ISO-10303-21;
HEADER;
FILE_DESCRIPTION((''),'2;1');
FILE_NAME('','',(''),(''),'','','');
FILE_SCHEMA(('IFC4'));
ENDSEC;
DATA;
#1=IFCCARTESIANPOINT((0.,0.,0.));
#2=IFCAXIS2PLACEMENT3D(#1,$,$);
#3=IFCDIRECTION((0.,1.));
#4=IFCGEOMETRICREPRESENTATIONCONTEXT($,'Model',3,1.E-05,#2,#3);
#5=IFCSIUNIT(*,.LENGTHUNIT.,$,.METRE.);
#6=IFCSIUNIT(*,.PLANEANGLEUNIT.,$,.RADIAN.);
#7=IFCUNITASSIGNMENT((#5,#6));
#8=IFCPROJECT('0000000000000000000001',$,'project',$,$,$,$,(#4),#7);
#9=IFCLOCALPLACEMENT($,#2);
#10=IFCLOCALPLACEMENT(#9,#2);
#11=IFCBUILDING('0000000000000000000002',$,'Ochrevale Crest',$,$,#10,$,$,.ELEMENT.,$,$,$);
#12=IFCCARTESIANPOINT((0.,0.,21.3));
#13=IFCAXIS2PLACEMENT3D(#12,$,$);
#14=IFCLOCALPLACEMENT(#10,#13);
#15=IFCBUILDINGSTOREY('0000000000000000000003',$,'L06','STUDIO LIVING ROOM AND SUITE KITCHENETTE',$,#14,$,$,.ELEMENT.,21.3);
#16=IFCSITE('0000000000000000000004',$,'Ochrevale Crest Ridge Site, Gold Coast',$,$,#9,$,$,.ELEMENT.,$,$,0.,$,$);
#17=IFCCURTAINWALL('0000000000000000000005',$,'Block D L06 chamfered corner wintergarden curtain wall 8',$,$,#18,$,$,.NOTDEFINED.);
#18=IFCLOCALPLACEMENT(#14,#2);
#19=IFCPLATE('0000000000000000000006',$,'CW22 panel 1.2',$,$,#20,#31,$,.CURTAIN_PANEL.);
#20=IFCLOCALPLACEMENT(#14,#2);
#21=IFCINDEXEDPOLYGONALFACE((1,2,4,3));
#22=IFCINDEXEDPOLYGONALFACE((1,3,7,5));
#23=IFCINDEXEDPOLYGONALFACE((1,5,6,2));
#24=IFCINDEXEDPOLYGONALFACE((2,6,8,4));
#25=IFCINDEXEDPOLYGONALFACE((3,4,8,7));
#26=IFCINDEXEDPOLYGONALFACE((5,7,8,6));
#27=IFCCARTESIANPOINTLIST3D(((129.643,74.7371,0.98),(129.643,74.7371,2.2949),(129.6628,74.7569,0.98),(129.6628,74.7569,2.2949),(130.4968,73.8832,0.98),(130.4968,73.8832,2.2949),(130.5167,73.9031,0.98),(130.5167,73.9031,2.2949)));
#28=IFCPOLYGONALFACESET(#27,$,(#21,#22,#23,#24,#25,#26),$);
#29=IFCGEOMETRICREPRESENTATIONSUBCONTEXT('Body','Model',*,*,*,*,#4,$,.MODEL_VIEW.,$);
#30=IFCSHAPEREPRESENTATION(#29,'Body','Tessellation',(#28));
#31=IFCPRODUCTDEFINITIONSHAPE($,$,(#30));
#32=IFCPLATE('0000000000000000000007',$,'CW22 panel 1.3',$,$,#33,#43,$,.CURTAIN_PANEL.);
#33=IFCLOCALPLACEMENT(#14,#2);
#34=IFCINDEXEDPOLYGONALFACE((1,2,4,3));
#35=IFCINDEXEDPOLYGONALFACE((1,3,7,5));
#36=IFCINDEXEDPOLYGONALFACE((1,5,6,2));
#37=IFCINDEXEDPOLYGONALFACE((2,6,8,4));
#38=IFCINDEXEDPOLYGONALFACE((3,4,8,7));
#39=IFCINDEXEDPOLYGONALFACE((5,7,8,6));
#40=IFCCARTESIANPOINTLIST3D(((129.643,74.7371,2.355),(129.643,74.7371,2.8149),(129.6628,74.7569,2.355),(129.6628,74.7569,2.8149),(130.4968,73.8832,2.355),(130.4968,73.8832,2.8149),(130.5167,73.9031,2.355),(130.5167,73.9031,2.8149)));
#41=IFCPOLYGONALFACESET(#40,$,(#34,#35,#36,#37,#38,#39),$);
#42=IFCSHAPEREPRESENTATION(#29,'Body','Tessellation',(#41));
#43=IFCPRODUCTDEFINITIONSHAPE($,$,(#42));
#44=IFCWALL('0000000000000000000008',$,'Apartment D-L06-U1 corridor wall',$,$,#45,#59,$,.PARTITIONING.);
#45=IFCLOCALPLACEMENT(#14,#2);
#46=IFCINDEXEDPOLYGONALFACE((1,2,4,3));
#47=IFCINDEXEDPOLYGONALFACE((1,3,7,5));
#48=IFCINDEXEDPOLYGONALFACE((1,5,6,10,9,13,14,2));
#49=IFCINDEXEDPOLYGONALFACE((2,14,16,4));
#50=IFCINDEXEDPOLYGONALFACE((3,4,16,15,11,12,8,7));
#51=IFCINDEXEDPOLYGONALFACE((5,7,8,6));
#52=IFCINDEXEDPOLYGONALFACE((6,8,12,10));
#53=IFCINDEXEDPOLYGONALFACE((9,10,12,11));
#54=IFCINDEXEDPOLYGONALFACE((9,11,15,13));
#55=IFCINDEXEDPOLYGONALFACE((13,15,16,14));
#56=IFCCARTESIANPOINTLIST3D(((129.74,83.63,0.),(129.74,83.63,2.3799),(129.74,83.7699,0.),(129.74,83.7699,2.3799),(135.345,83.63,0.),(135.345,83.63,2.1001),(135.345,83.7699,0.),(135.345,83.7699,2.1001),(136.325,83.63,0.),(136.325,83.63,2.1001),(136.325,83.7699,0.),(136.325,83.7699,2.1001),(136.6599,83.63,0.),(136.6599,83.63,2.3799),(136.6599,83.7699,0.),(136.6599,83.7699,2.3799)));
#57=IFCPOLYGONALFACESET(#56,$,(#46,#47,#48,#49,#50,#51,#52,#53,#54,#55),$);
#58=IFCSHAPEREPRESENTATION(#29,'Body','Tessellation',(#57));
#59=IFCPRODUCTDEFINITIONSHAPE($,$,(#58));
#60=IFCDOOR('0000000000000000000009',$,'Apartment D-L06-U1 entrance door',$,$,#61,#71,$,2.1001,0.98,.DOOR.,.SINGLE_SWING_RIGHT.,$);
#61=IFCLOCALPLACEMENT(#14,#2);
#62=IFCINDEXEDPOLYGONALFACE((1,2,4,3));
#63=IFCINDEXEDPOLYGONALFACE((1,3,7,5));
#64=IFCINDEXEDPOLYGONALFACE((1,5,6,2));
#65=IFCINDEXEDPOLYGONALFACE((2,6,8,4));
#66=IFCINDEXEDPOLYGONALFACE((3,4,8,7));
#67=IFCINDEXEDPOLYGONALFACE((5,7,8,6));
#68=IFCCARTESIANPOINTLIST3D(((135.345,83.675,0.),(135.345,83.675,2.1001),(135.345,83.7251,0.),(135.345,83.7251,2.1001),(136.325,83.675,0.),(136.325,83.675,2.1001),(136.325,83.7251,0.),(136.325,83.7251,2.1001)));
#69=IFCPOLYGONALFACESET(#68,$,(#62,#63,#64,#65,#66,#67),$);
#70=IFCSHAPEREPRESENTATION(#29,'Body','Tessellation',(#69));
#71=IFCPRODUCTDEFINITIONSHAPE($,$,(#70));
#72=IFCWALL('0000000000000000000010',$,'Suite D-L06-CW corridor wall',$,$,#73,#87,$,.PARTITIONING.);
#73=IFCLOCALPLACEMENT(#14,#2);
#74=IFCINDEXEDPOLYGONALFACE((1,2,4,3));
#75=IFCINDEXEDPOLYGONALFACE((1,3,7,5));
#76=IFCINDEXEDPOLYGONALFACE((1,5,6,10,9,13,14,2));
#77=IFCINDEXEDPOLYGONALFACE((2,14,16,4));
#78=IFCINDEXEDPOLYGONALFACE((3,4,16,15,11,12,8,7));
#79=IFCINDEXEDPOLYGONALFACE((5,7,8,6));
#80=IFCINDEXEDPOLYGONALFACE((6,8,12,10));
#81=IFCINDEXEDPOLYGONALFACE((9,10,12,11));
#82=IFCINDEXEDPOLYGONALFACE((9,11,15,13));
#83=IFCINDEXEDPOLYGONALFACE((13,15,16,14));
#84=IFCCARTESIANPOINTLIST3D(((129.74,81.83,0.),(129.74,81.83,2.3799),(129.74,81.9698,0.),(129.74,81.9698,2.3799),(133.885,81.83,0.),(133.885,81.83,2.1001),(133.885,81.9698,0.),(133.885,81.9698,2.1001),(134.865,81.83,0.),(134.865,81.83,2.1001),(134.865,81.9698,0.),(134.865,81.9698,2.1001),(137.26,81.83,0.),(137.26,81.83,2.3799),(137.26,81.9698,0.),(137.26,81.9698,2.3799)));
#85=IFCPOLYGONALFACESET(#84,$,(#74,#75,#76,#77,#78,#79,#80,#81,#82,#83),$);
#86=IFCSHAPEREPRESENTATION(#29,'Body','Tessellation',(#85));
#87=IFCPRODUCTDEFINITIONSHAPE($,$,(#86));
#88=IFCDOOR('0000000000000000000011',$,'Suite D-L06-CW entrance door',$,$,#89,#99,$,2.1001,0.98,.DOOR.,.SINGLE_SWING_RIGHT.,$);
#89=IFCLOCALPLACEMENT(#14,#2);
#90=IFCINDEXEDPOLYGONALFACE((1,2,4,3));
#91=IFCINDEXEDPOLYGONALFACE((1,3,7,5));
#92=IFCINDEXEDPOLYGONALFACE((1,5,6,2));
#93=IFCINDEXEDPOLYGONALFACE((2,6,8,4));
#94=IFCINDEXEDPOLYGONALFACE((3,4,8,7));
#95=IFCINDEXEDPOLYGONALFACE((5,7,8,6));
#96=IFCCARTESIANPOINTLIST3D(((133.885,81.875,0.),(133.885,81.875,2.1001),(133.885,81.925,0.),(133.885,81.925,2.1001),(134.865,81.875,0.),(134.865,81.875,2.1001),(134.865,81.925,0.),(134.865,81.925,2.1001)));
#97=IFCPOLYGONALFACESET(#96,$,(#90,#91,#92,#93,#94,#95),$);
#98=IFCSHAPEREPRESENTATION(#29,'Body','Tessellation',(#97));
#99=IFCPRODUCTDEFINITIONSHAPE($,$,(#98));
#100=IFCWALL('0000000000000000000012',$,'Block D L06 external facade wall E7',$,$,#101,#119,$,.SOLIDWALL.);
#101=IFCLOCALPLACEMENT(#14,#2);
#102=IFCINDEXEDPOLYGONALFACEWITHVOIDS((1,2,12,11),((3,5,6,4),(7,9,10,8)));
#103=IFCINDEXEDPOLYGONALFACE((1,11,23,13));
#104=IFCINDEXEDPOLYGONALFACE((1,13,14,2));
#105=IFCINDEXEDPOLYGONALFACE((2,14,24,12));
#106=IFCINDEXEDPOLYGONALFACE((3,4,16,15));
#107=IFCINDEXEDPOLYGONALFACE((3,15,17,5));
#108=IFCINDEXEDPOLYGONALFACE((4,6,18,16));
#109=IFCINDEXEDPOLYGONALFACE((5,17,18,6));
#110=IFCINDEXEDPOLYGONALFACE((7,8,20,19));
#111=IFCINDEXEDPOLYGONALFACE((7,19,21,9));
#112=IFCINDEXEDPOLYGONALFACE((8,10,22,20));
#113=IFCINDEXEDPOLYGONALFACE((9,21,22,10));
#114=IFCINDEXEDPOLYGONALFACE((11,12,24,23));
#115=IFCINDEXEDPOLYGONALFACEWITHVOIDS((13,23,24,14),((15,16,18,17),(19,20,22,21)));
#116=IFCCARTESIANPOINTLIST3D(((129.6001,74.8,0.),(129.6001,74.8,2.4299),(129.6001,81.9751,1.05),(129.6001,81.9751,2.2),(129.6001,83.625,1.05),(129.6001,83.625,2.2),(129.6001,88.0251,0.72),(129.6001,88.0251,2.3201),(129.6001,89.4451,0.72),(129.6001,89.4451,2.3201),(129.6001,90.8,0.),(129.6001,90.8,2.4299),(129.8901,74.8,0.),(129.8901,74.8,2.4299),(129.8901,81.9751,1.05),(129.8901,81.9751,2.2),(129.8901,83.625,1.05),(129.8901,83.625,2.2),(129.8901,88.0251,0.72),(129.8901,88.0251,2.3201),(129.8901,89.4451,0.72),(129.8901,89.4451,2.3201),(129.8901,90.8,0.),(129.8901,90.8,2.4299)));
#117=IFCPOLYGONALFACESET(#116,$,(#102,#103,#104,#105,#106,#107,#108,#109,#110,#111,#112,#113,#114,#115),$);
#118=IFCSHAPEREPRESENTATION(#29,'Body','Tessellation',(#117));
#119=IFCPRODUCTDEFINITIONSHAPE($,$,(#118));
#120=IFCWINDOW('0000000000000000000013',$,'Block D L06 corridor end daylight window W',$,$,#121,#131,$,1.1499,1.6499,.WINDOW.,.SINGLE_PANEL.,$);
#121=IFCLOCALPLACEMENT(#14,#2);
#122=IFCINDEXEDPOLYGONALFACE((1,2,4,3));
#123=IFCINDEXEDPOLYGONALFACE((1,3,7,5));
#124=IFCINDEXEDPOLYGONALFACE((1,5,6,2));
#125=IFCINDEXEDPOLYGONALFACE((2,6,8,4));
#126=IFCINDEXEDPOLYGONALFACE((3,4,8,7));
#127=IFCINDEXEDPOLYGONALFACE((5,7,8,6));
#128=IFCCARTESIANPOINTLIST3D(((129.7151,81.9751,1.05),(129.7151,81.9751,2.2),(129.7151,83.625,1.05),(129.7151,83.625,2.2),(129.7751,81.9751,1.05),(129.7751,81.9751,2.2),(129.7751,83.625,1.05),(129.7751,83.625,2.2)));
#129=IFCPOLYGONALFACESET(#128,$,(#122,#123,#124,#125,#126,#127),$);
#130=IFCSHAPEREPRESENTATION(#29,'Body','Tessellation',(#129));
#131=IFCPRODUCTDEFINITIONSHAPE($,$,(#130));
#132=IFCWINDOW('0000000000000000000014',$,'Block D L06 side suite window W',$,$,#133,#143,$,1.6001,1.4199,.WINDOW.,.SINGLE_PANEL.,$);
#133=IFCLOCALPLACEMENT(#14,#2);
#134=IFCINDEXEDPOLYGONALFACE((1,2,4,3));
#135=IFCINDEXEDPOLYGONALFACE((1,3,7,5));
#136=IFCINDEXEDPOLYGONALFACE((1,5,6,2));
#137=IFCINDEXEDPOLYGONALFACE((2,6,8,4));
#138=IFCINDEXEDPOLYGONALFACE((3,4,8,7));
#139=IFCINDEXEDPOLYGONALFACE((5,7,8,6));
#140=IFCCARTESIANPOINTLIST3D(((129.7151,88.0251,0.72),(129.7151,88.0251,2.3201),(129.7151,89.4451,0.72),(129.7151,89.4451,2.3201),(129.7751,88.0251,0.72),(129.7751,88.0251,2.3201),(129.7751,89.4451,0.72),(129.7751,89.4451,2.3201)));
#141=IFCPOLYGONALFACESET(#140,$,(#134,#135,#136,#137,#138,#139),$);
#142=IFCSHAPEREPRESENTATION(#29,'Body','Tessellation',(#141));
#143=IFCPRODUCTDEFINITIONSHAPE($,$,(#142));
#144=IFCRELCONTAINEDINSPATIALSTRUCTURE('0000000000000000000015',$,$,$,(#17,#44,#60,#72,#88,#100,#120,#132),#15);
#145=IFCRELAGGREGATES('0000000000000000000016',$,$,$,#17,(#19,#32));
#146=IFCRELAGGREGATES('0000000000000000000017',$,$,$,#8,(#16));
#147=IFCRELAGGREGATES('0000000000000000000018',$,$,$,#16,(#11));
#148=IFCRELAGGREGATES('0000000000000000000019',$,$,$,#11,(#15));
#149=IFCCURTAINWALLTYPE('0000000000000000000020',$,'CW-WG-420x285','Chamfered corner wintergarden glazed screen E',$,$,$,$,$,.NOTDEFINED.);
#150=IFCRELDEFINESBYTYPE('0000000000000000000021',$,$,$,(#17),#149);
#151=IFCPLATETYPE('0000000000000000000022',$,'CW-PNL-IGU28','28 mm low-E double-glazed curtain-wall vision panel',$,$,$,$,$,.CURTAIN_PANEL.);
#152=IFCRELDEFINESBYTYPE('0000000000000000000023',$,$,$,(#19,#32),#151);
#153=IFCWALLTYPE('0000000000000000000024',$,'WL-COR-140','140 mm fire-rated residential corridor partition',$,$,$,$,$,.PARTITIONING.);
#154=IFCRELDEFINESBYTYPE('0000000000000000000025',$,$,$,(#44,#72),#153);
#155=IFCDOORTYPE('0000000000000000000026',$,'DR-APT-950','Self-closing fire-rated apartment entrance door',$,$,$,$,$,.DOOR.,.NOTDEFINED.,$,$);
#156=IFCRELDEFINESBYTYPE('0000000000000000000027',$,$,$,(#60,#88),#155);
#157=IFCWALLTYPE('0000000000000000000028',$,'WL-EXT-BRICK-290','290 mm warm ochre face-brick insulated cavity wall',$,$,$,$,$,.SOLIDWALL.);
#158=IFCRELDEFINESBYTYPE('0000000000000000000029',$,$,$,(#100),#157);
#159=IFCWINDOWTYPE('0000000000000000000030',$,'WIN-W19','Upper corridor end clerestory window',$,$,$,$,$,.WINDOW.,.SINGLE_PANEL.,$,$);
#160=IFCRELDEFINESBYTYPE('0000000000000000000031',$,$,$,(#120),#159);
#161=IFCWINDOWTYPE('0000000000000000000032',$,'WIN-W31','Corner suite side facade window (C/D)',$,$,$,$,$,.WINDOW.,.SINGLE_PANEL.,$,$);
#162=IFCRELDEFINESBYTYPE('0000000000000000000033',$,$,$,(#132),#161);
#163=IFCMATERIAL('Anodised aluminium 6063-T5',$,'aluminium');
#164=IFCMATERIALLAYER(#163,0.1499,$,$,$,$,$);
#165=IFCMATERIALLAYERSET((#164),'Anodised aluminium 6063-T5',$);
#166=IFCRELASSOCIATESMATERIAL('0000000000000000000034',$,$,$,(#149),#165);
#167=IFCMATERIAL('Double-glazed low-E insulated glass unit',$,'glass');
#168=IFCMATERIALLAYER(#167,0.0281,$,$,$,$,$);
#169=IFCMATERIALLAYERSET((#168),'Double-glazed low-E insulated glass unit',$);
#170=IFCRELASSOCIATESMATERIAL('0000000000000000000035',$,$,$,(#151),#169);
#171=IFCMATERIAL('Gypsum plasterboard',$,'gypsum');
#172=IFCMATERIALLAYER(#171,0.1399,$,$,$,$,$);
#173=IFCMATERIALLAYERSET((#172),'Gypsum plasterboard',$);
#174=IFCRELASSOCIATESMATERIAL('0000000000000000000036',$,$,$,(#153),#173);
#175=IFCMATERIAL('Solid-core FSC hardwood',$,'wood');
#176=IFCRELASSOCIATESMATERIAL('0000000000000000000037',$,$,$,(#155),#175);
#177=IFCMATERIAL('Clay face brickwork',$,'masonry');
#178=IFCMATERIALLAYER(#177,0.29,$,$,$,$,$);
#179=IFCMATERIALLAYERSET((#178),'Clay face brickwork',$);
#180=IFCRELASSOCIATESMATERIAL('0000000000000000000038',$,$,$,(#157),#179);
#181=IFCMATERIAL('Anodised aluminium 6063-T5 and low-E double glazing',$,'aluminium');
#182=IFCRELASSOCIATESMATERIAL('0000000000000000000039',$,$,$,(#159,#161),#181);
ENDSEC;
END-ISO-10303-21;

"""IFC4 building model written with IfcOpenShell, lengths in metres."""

from ifc_helpers import new_model, si_unit, direction, frame, frame_2d, origin, origin_2d, place, context, subcontext, project, spatial, rectangle, extrude, material, layer, layer_set, type_object, element, fill, aggregate, save


model = new_model("IFC4")

# Units and contexts
model_context = context("Model", 3, precision=1e-05, world=origin(), true_north=direction((0.0, 1.0)))
body_context = subcontext(model_context, "Body", "Model", "MODEL_VIEW")
ifc_project = project(units=[si_unit("LENGTHUNIT", "METRE"), si_unit("PLANEANGLEUNIT", "RADIAN")], contexts=[model_context])

# Site, building, storey
site_placement = place(None, origin())
site = spatial("IfcSite", under=ifc_project, at=site_placement, Name="Ochrevale Crest Ridge Site, Gold Coast", CompositionType="ELEMENT", RefElevation=0.0)
building_placement = place(site_placement, origin())
building = spatial("IfcBuilding", under=site, at=building_placement, Name="Ochrevale Crest", CompositionType="ELEMENT")
storey_placement = place(building_placement, frame((0.0, 0.0, 21.3)))
storey = spatial("IfcBuildingStorey", under=building, at=storey_placement, Name="L06", Description="STUDIO LIVING ROOM AND SUITE KITCHENETTE", CompositionType="ELEMENT", Elevation=21.3)

# Curtain wall
ifc_material_1 = material(Name="Anodised aluminium 6063-T5", Category="aluminium")
ifc_layer_1 = layer(ifc_material_1, 0.1499)
ifc_layer_set_1 = layer_set([ifc_layer_1], Name="Anodised aluminium 6063-T5")
curtain_wall_type_1 = type_object("IfcCurtainWallType", Name="CW-WG-420x285", Description="Chamfered corner wintergarden glazed screen E", PredefinedType="NOTDEFINED", material=ifc_layer_set_1)
curtain_wall_1_placement = place(storey_placement, origin())
curtain_wall_1 = element("IfcCurtainWall", 1, at=curtain_wall_1_placement, inside=storey, type_object=curtain_wall_type_1, Name="Block D L06 chamfered corner wintergarden curtain wall 8", PredefinedType="NOTDEFINED")

# Plates
ifc_material_2 = material(Name="Double-glazed low-E insulated glass unit", Category="glass")
ifc_layer_2 = layer(ifc_material_2, 0.0281)
ifc_layer_set_2 = layer_set([ifc_layer_2], Name="Double-glazed low-E insulated glass unit")
plate_type = type_object("IfcPlateType", Name="CW-PNL-IGU28", Description="28 mm low-E double-glazed curtain-wall vision panel", PredefinedType="CURTAIN_PANEL", material=ifc_layer_set_2)
plate_1_placement = place(storey_placement, frame((130.0798, 74.3201, 0.98), z_axis=(0.0, 0.0, 1.0), x_axis=(0.707107, -0.707107, 0.0)))
plate_1 = element("IfcPlate", 2, at=plate_1_placement, type_object=plate_type, Name="CW22 panel 1.2", PredefinedType="CURTAIN_PANEL", context=body_context, shape_type="SweptSolid", body=[
    extrude(rectangle(XDim=1.2075, YDim=0.0281, at=origin_2d()), origin(), (0.0, 0.0, 1.0), 1.3149),
])
plate_2_placement = place(storey_placement, frame((130.0798, 74.3201, 2.355), z_axis=(0.0, 0.0, 1.0), x_axis=(0.707107, -0.707107, 0.0)))
plate_2 = element("IfcPlate", 3, at=plate_2_placement, type_object=plate_type, Name="CW22 panel 1.3", PredefinedType="CURTAIN_PANEL", context=body_context, shape_type="SweptSolid", body=[
    extrude(rectangle(XDim=1.2075, YDim=0.0281, at=origin_2d()), origin(), (0.0, 0.0, 1.0), 0.46),
])
aggregate(curtain_wall_1, [plate_1, plate_2])

# Walls, openings, doors
ifc_material_3 = material(Name="Gypsum plasterboard", Category="gypsum")
ifc_layer_3 = layer(ifc_material_3, 0.1399)
ifc_layer_set_3 = layer_set([ifc_layer_3], Name="Gypsum plasterboard")
wall_type_1 = type_object("IfcWallType", Name="WL-COR-140", Description="140 mm fire-rated residential corridor partition", PredefinedType="PARTITIONING", material=ifc_layer_set_3)
wall_1_placement = place(storey_placement, frame((129.74, 83.7, 0.0), z_axis=(0.0, 0.0, 1.0), x_axis=(1.0, 0.0, 0.0)))
wall_1 = element("IfcWall", 4, at=wall_1_placement, inside=storey, type_object=wall_type_1, Name="Apartment D-L06-U1 corridor wall", PredefinedType="PARTITIONING", context=body_context, shape_type="SweptSolid", body=[
    extrude(rectangle(XDim=6.9199, YDim=0.1399, at=frame_2d((3.46, 0.0))), origin(), (0.0, 0.0, 1.0), 2.3799),
])
opening_1_placement = place(wall_1_placement, frame((6.585, 0.0, 0.0), z_axis=(0.0, 0.0, 1.0), x_axis=(-1.0, 0.0, 0.0)))
opening_1 = element("IfcOpeningElement", 5, at=opening_1_placement, cuts=wall_1, PredefinedType="OPENING", context=body_context, shape_type="SweptSolid", body=[
    extrude(rectangle(XDim=0.98, YDim=2.1001, at=frame_2d((0.49, 1.05))), frame((0.0, 0.0801, 0.0), z_axis=(0.0, -1.0, 0.0), x_axis=(1.0, 0.0, 0.0)), (0.0, 0.0, 1.0), 0.1599),
])
ifc_material_4 = material(Name="Solid-core FSC hardwood", Category="wood")
door_type_1 = type_object("IfcDoorType", Name="DR-APT-950", Description="Self-closing fire-rated apartment entrance door", OperationType="NOTDEFINED", PredefinedType="DOOR", material=ifc_material_4)
door_1_placement = place(opening_1_placement, origin())
door_1 = element("IfcDoor", 6, at=door_1_placement, inside=storey, type_object=door_type_1, Name="Apartment D-L06-U1 entrance door", OperationType="SINGLE_SWING_RIGHT", OverallHeight=2.1001, OverallWidth=0.98, PredefinedType="DOOR", context=body_context, shape_type="SweptSolid", body=[
    extrude(rectangle(XDim=0.98, YDim=2.1001, at=frame_2d((0.49, 1.05))), frame((0.0, 0.0249, 0.0), z_axis=(0.0, -1.0, 0.0), x_axis=(1.0, 0.0, 0.0)), (0.0, 0.0, 1.0), 0.05),
])
fill(opening_1, door_1)
wall_2_placement = place(storey_placement, frame((129.74, 81.8999, 0.0), z_axis=(0.0, 0.0, 1.0), x_axis=(1.0, 0.0, 0.0)))
wall_2 = element("IfcWall", 7, at=wall_2_placement, inside=storey, type_object=wall_type_1, Name="Suite D-L06-CW corridor wall", PredefinedType="PARTITIONING", context=body_context, shape_type="SweptSolid", body=[
    extrude(rectangle(XDim=7.52, YDim=0.1399, at=frame_2d((3.76, 0.0))), origin(), (0.0, 0.0, 1.0), 2.3799),
])
opening_2_placement = place(wall_2_placement, frame((5.125, 0.0, 0.0), z_axis=(0.0, 0.0, 1.0), x_axis=(-1.0, 0.0, 0.0)))
opening_2 = element("IfcOpeningElement", 8, at=opening_2_placement, cuts=wall_2, PredefinedType="OPENING", context=body_context, shape_type="SweptSolid", body=[
    extrude(rectangle(XDim=0.98, YDim=2.1001, at=frame_2d((0.49, 1.05))), frame((0.0, 0.0801, 0.0), z_axis=(0.0, -1.0, 0.0), x_axis=(1.0, 0.0, 0.0)), (0.0, 0.0, 1.0), 0.1599),
])
door_2_placement = place(opening_2_placement, origin())
door_2 = element("IfcDoor", 9, at=door_2_placement, inside=storey, type_object=door_type_1, Name="Suite D-L06-CW entrance door", OperationType="SINGLE_SWING_RIGHT", OverallHeight=2.1001, OverallWidth=0.98, PredefinedType="DOOR", context=body_context, shape_type="SweptSolid", body=[
    extrude(rectangle(XDim=0.98, YDim=2.1001, at=frame_2d((0.49, 1.05))), frame((0.0, 0.0249, 0.0), z_axis=(0.0, -1.0, 0.0), x_axis=(1.0, 0.0, 0.0)), (0.0, 0.0, 1.0), 0.05),
])
fill(opening_2, door_2)

# Wall, openings, windows
ifc_material_5 = material(Name="Clay face brickwork", Category="masonry")
ifc_layer_4 = layer(ifc_material_5, 0.29)
ifc_layer_set_4 = layer_set([ifc_layer_4], Name="Clay face brickwork")
wall_type_2 = type_object("IfcWallType", Name="WL-EXT-BRICK-290", Description="290 mm warm ochre face-brick insulated cavity wall", PredefinedType="SOLIDWALL", material=ifc_layer_set_4)
wall_3_placement = place(storey_placement, frame((129.7451, 90.8, 0.0), z_axis=(0.0, 0.0, 1.0), x_axis=(0.0, -1.0, 0.0)))
wall_3 = element("IfcWall", 10, at=wall_3_placement, inside=storey, type_object=wall_type_2, Name="Block D L06 external facade wall E7", PredefinedType="SOLIDWALL", context=body_context, shape_type="SweptSolid", body=[
    extrude(rectangle(XDim=16.0, YDim=0.29, at=frame_2d((8.0, 0.0))), origin(), (0.0, 0.0, 1.0), 2.4299),
])
opening_3_placement = place(wall_3_placement, frame((7.175, 0.0, 1.05)))
opening_3 = element("IfcOpeningElement", 11, at=opening_3_placement, cuts=wall_3, PredefinedType="OPENING", context=body_context, shape_type="SweptSolid", body=[
    extrude(rectangle(XDim=1.6499, YDim=1.1499, at=frame_2d((0.825, 0.575))), frame((0.0, 0.155, 0.0), z_axis=(0.0, -1.0, 0.0), x_axis=(1.0, 0.0, 0.0)), (0.0, 0.0, 1.0), 0.3101),
])
opening_4_placement = place(wall_3_placement, frame((1.355, 0.0, 0.72)))
opening_4 = element("IfcOpeningElement", 12, at=opening_4_placement, cuts=wall_3, PredefinedType="OPENING", context=body_context, shape_type="SweptSolid", body=[
    extrude(rectangle(XDim=1.4199, YDim=1.6001, at=frame_2d((0.71, 0.8))), frame((0.0, 0.155, 0.0), z_axis=(0.0, -1.0, 0.0), x_axis=(1.0, 0.0, 0.0)), (0.0, 0.0, 1.0), 0.3101),
])
ifc_material_6 = material(Name="Anodised aluminium 6063-T5 and low-E double glazing", Category="aluminium")
window_type_1 = type_object("IfcWindowType", Name="WIN-W19", Description="Upper corridor end clerestory window", PartitioningType="SINGLE_PANEL", PredefinedType="WINDOW", material=ifc_material_6)
window_1_placement = place(opening_3_placement, origin())
window_1 = element("IfcWindow", 13, at=window_1_placement, inside=storey, type_object=window_type_1, Name="Block D L06 corridor end daylight window W", OverallHeight=1.1499, OverallWidth=1.6499, PartitioningType="SINGLE_PANEL", PredefinedType="WINDOW", context=body_context, shape_type="SweptSolid", body=[
    extrude(rectangle(XDim=1.6499, YDim=1.1499, at=frame_2d((0.825, 0.575))), frame((0.0, 0.03, 0.0), z_axis=(0.0, -1.0, 0.0), x_axis=(1.0, 0.0, 0.0)), (0.0, 0.0, 1.0), 0.0601),
])
fill(opening_3, window_1)
window_type_2 = type_object("IfcWindowType", Name="WIN-W31", Description="Corner suite side facade window (C/D)", PartitioningType="SINGLE_PANEL", PredefinedType="WINDOW", material=ifc_material_6)
window_2_placement = place(opening_4_placement, origin())
window_2 = element("IfcWindow", 14, at=window_2_placement, inside=storey, type_object=window_type_2, Name="Block D L06 side suite window W", OverallHeight=1.6001, OverallWidth=1.4199, PartitioningType="SINGLE_PANEL", PredefinedType="WINDOW", context=body_context, shape_type="SweptSolid", body=[
    extrude(rectangle(XDim=1.4199, YDim=1.6001, at=frame_2d((0.71, 0.8))), frame((0.0, 0.03, 0.0), z_axis=(0.0, -1.0, 0.0), x_axis=(1.0, 0.0, 0.0)), (0.0, 0.0, 1.0), 0.0601),
])
fill(opening_4, window_2)

save(model, "model.ifc")
